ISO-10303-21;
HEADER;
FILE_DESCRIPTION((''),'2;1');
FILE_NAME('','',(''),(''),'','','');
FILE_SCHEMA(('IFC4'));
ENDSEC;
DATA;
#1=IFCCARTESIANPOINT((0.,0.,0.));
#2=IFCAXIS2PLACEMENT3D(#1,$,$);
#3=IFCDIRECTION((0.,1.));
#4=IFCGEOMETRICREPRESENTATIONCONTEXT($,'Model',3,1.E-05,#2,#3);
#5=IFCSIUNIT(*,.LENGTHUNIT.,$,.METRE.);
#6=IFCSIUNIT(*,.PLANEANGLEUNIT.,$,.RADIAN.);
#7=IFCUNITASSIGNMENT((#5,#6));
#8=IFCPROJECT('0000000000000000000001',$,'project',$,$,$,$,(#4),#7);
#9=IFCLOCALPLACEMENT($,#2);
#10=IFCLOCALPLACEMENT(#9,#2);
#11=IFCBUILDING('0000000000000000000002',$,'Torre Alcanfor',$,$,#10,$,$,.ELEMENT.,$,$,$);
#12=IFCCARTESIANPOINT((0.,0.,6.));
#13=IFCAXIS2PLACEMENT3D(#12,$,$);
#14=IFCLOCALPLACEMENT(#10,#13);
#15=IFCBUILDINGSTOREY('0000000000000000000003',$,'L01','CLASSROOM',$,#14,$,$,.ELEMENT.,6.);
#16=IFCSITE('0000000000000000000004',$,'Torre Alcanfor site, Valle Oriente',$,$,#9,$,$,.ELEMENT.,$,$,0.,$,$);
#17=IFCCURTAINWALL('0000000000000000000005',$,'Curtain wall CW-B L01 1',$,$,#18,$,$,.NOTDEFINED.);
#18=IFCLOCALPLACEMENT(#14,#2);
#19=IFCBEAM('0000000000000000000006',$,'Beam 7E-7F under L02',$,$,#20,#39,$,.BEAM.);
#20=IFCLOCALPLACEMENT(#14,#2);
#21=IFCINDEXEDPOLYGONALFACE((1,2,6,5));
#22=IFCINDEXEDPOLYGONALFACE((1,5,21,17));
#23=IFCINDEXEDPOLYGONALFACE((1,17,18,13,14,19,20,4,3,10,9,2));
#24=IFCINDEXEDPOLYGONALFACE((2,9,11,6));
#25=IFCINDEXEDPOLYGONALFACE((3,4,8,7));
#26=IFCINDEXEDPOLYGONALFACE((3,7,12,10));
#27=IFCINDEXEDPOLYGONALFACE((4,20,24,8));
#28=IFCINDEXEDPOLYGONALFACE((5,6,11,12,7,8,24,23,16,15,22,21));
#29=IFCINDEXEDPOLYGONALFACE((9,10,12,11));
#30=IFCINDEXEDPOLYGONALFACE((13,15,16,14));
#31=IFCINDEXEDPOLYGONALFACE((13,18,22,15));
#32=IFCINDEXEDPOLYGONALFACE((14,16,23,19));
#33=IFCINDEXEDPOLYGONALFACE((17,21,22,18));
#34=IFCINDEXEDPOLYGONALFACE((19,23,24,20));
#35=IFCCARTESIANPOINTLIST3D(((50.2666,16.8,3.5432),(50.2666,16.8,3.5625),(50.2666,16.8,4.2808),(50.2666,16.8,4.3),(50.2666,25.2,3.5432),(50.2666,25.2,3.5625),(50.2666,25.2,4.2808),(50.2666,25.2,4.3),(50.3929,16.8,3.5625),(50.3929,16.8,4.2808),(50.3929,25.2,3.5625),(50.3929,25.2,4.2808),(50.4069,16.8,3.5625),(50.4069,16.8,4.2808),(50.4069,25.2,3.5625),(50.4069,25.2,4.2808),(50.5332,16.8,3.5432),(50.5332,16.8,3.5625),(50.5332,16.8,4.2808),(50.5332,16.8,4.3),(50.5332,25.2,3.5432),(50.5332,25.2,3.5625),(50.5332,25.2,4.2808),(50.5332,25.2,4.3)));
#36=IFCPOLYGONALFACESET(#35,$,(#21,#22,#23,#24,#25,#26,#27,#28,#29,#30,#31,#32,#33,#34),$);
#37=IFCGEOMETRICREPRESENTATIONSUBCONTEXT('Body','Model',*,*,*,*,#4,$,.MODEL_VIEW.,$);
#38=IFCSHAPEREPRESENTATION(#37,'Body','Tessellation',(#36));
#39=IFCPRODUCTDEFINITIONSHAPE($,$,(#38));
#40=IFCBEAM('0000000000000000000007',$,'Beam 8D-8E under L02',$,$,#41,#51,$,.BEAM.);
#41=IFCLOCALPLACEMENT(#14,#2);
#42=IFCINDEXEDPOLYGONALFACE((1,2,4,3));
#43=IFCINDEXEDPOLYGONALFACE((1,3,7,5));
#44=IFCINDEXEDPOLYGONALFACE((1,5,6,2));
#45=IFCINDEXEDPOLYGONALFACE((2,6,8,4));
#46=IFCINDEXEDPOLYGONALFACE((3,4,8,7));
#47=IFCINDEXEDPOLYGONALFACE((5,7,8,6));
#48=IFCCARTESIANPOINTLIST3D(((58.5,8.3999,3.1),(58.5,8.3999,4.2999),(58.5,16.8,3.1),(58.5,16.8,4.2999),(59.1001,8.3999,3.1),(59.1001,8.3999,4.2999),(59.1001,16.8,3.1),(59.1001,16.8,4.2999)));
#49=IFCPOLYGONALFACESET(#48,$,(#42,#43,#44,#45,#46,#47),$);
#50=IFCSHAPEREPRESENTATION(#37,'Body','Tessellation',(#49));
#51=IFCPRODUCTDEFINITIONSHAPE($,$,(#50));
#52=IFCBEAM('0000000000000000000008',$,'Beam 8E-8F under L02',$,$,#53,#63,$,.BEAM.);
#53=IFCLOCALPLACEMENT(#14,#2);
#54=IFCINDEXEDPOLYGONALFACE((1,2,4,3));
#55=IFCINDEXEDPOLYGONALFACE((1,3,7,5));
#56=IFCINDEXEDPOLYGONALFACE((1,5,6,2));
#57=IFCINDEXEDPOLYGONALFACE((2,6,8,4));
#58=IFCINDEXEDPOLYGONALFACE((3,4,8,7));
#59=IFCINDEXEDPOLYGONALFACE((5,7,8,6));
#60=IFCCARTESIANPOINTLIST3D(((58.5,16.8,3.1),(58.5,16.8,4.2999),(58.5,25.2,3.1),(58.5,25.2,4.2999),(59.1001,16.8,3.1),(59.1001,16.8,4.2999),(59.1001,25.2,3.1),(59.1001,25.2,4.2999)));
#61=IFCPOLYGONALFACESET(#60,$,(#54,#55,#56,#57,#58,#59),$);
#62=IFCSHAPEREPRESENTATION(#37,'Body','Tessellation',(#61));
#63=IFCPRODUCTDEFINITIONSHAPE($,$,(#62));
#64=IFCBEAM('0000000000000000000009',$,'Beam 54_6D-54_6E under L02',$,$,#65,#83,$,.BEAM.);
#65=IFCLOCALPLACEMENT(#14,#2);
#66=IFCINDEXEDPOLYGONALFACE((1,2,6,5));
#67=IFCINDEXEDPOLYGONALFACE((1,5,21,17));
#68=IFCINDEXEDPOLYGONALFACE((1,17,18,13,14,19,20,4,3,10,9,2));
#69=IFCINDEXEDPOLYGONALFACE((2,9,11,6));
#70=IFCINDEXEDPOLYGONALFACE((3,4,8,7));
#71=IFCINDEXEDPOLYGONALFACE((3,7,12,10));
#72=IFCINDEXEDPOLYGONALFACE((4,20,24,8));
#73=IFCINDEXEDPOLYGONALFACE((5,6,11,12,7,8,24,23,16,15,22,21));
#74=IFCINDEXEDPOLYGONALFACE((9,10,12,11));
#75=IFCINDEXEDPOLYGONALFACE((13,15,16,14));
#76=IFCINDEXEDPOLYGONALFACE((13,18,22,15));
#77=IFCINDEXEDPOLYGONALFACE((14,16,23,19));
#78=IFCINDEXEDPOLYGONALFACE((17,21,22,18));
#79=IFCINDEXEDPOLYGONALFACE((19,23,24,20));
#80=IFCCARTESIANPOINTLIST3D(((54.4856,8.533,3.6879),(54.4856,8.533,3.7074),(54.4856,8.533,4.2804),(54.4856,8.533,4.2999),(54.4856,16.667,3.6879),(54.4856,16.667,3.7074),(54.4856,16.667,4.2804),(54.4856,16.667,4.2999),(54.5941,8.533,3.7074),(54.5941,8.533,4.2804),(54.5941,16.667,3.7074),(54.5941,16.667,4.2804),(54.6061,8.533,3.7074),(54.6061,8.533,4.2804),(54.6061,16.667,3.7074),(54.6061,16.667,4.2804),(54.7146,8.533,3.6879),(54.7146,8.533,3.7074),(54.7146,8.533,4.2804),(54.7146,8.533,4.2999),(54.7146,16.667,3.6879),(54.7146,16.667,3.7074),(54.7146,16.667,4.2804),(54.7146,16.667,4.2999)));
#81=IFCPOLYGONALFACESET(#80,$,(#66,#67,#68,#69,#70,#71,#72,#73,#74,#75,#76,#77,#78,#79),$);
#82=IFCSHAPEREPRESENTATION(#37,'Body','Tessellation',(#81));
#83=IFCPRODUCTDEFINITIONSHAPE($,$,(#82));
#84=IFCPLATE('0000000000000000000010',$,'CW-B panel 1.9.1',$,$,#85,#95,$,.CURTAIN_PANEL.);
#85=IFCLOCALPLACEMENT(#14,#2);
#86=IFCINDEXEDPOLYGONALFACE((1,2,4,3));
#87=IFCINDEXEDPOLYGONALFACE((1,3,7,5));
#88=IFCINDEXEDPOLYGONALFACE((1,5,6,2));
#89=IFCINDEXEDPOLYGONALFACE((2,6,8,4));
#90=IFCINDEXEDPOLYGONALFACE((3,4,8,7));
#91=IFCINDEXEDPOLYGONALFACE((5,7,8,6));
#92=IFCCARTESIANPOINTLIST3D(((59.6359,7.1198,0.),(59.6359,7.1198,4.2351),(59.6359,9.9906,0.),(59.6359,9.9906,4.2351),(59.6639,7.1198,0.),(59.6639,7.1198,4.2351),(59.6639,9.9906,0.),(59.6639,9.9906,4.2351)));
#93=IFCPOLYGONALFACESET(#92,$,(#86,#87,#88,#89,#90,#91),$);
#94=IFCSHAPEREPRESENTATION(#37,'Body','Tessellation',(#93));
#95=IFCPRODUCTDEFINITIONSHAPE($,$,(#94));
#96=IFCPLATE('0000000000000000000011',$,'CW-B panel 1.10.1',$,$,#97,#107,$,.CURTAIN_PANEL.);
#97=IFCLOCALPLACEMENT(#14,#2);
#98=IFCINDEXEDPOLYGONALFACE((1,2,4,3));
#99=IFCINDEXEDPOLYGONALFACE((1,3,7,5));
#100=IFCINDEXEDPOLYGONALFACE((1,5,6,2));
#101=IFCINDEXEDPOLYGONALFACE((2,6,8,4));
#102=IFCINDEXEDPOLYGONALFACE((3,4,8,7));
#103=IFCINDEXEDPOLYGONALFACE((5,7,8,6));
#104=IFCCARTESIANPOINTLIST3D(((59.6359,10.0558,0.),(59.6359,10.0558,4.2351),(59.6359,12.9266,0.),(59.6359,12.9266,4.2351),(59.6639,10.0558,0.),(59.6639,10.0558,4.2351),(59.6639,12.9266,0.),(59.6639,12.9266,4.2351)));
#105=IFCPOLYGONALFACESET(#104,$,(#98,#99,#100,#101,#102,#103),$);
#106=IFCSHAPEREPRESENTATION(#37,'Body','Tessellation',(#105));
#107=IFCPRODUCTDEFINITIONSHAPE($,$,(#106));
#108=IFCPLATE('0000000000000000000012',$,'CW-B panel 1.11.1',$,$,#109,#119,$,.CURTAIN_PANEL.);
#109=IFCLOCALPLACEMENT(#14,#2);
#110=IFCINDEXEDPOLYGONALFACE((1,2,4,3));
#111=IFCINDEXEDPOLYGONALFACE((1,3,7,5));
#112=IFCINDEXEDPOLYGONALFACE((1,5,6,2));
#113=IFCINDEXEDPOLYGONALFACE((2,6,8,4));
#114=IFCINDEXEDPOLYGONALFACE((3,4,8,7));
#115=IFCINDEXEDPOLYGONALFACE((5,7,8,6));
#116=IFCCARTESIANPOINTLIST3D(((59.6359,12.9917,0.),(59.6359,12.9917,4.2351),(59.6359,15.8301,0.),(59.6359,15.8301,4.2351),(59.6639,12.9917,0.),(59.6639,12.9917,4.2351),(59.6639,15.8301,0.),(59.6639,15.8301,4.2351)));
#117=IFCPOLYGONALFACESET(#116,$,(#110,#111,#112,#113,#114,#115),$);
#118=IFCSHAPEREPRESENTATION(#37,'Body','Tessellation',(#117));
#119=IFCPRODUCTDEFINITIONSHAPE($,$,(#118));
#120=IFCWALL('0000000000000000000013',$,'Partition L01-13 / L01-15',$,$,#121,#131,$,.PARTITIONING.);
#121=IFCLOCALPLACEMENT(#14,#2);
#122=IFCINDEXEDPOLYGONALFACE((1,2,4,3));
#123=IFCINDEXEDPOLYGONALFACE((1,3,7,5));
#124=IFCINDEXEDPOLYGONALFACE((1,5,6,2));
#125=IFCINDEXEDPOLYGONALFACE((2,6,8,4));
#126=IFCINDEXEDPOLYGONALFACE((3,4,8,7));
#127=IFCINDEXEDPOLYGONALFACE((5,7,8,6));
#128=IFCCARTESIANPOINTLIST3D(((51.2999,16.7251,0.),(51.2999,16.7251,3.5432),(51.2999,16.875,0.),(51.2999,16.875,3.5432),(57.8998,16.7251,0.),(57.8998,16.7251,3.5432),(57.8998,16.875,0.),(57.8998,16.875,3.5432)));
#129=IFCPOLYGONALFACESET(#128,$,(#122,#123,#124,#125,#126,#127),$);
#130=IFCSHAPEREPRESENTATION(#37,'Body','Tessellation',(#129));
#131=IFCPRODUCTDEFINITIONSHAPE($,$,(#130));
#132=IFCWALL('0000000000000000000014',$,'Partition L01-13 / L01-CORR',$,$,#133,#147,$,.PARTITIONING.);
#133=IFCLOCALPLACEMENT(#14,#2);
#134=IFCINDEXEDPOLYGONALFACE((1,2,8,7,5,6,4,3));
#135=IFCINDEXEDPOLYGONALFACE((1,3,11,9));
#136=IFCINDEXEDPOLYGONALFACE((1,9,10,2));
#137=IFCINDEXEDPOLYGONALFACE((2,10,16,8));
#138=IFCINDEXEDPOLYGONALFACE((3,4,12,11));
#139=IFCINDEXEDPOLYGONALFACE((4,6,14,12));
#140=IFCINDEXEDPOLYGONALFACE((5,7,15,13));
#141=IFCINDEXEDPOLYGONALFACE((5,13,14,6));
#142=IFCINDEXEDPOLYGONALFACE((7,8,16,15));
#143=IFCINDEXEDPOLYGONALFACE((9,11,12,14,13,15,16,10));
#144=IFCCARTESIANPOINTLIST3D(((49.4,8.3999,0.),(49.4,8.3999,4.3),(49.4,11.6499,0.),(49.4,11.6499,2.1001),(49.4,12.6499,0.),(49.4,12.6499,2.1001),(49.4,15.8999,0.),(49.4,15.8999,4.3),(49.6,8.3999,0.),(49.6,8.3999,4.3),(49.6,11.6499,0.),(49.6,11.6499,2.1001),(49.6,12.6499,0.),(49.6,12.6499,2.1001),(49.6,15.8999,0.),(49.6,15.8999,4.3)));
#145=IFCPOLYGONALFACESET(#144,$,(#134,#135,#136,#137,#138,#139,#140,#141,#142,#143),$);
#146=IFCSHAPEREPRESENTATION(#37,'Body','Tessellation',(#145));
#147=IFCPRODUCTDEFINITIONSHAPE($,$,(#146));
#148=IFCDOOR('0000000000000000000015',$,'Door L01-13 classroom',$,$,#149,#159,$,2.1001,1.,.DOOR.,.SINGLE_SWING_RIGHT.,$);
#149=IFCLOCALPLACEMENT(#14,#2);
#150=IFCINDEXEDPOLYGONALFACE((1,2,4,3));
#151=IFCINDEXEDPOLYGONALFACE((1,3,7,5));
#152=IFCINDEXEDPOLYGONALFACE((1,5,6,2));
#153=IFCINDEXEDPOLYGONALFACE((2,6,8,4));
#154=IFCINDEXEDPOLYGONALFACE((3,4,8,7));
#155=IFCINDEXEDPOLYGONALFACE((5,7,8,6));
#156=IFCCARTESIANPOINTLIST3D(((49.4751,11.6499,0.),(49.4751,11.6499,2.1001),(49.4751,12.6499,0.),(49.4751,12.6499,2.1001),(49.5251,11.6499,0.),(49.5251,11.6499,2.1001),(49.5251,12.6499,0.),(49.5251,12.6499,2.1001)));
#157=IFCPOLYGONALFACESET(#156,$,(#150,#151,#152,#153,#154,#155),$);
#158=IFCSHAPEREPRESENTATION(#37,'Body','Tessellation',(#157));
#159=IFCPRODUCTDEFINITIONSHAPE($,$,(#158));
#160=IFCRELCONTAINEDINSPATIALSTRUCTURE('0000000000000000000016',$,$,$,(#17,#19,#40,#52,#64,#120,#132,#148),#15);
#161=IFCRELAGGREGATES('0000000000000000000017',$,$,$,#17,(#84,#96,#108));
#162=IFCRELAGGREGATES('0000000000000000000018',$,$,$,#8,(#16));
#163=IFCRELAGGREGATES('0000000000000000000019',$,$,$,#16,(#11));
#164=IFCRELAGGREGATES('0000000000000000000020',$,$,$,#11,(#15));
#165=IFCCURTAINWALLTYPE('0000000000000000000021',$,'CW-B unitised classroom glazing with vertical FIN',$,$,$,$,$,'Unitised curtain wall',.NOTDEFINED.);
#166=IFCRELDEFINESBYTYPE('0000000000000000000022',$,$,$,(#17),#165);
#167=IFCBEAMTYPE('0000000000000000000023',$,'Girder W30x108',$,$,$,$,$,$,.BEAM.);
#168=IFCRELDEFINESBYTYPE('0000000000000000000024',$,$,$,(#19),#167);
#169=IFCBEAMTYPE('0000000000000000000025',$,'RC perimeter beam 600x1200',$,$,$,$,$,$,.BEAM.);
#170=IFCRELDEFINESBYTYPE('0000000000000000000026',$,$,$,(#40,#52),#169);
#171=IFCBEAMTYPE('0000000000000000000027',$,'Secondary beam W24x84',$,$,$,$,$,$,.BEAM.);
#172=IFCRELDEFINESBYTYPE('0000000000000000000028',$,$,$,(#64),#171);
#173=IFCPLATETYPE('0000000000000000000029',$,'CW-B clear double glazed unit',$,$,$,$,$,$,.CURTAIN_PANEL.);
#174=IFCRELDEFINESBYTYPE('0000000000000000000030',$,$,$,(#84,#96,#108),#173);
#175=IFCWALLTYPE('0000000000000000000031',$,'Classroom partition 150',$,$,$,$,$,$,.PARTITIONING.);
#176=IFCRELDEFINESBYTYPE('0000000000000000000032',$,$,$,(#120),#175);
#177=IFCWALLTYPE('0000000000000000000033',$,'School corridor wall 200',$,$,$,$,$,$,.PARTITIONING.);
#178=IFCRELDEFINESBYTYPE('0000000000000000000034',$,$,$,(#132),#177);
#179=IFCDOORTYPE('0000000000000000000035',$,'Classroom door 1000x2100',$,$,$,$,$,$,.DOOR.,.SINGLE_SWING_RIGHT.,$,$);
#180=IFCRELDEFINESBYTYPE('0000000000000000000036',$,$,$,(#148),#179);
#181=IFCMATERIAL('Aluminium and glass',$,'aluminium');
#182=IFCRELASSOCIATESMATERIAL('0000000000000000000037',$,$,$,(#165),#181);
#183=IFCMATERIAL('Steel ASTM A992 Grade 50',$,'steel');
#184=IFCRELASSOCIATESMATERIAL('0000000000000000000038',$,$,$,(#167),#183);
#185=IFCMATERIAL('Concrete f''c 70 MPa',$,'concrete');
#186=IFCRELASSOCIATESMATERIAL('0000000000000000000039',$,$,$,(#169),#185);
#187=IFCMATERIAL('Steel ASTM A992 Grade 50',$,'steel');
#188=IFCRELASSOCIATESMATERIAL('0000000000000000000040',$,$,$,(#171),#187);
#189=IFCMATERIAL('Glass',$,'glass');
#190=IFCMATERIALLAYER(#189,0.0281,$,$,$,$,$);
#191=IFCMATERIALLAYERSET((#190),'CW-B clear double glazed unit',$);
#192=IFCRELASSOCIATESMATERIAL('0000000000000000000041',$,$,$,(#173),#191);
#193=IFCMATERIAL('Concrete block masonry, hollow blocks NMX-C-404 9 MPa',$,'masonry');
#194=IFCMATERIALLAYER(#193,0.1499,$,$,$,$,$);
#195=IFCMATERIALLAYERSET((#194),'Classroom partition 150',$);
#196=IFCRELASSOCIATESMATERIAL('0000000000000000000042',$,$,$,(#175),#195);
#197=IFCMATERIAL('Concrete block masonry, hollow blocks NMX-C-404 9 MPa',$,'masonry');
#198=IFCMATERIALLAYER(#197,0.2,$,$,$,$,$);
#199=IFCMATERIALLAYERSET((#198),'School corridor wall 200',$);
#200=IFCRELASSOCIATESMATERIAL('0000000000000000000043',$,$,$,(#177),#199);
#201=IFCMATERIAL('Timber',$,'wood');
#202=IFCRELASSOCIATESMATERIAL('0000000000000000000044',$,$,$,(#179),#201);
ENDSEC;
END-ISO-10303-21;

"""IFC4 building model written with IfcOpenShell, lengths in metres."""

from ifc_helpers import new_model, si_unit, direction, frame, frame_2d, origin, origin_2d, place, context, subcontext, project, spatial, rectangle, i_section, extrude, material, layer, layer_set, material_profile, profile_set, type_object, element, fill, aggregate, save


model = new_model("IFC4")

# Units and contexts
model_context = context("Model", 3, precision=1e-05, world=origin(), true_north=direction((0.0, 1.0)))
body_context = subcontext(model_context, "Body", "Model", "MODEL_VIEW")
ifc_project = project(units=[si_unit("LENGTHUNIT", "METRE"), si_unit("PLANEANGLEUNIT", "RADIAN")], contexts=[model_context])

# Site, building, storey
site_placement = place(None, origin())
site = spatial("IfcSite", under=ifc_project, at=site_placement, Name="Torre Alcanfor site, Valle Oriente", CompositionType="ELEMENT", RefElevation=0.0)
building_placement = place(site_placement, origin())
building = spatial("IfcBuilding", under=site, at=building_placement, Name="Torre Alcanfor", CompositionType="ELEMENT")
storey_placement = place(building_placement, frame((0.0, 0.0, 6.0)))
storey = spatial("IfcBuildingStorey", under=building, at=storey_placement, Name="L01", Description="CLASSROOM", CompositionType="ELEMENT", Elevation=6.0)

# Curtain wall
ifc_material_1 = material(Name="Aluminium and glass", Category="aluminium")
curtain_wall_type = type_object("IfcCurtainWallType", Name="CW-B unitised classroom glazing with vertical FIN", ElementType="Unitised curtain wall", PredefinedType="NOTDEFINED", material=ifc_material_1)
curtain_wall_placement = place(storey_placement, origin())
curtain_wall = element("IfcCurtainWall", 1, at=curtain_wall_placement, inside=storey, type_object=curtain_wall_type, Name="Curtain wall CW-B L01 1", PredefinedType="NOTDEFINED")

# Beams
ifc_material_2 = material(Name="Steel ASTM A992 Grade 50", Category="steel")
ifc_material_profile_1 = material_profile(ifc_material_2, i_section(OverallWidth=0.2666, OverallDepth=0.7568, WebThickness=0.0139, FlangeThickness=0.0193, at=origin_2d()), Name="W30x108")
ifc_profile_set_1 = profile_set([ifc_material_profile_1], Name="Steel ASTM A992 Grade 50")
beam_type_1 = type_object("IfcBeamType", Name="Girder W30x108", PredefinedType="BEAM", material=ifc_profile_set_1)
beam_1_placement = place(storey_placement, frame((50.3999, 16.8, 3.9216), z_axis=(0.0, 1.0, 0.0), x_axis=(-1.0, 0.0, 0.0)))
element("IfcBeam", 2, at=beam_1_placement, inside=storey, type_object=beam_type_1, Name="Beam 7E-7F under L02", PredefinedType="BEAM", context=body_context, shape_type="SweptSolid", body=[
    extrude(i_section(OverallWidth=0.2666, OverallDepth=0.7568, WebThickness=0.0139, FlangeThickness=0.0193, at=origin_2d()), origin(), (0.0, 0.0, 1.0), 8.3999),
])
ifc_material_3 = material(Name="Concrete f'c 70 MPa", Category="concrete")
ifc_material_profile_2 = material_profile(ifc_material_3, rectangle(XDim=0.6001, YDim=1.2, at=origin_2d()), Name="600x1200")
ifc_profile_set_2 = profile_set([ifc_material_profile_2], Name="Concrete f'c 70 MPa")
beam_type_2 = type_object("IfcBeamType", Name="RC perimeter beam 600x1200", PredefinedType="BEAM", material=ifc_profile_set_2)
beam_2_placement = place(storey_placement, frame((58.8, 8.3999, 3.7), z_axis=(0.0, 1.0, 0.0), x_axis=(-1.0, 0.0, 0.0)))
element("IfcBeam", 3, at=beam_2_placement, inside=storey, type_object=beam_type_2, Name="Beam 8D-8E under L02", PredefinedType="BEAM", context=body_context, shape_type="SweptSolid", body=[
    extrude(rectangle(XDim=0.6001, YDim=1.2, at=origin_2d()), origin(), (0.0, 0.0, 1.0), 8.4001),
])
beam_3_placement = place(storey_placement, frame((58.8, 16.8, 3.7), z_axis=(0.0, 1.0, 0.0), x_axis=(-1.0, 0.0, 0.0)))
element("IfcBeam", 4, at=beam_3_placement, inside=storey, type_object=beam_type_2, Name="Beam 8E-8F under L02", PredefinedType="BEAM", context=body_context, shape_type="SweptSolid", body=[
    extrude(rectangle(XDim=0.6001, YDim=1.2, at=origin_2d()), origin(), (0.0, 0.0, 1.0), 8.3999),
])
ifc_material_4 = material(Name="Steel ASTM A992 Grade 50", Category="steel")
ifc_material_profile_3 = material_profile(ifc_material_4, i_section(OverallWidth=0.229, OverallDepth=0.6121, WebThickness=0.012, FlangeThickness=0.0195, at=origin_2d()), Name="W24x84")
ifc_profile_set_3 = profile_set([ifc_material_profile_3], Name="Steel ASTM A992 Grade 50")
beam_type_3 = type_object("IfcBeamType", Name="Secondary beam W24x84", PredefinedType="BEAM", material=ifc_profile_set_3)
beam_4_placement = place(storey_placement, frame((54.6001, 8.533, 3.9939), z_axis=(0.0, 1.0, 0.0), x_axis=(-1.0, 0.0, 0.0)))
element("IfcBeam", 5, at=beam_4_placement, inside=storey, type_object=beam_type_3, Name="Beam 54_6D-54_6E under L02", PredefinedType="BEAM", context=body_context, shape_type="SweptSolid", body=[
    extrude(i_section(OverallWidth=0.229, OverallDepth=0.6121, WebThickness=0.012, FlangeThickness=0.0195, at=origin_2d()), origin(), (0.0, 0.0, 1.0), 8.134),
])

# Plates
ifc_material_5 = material(Name="Glass", Category="glass")
ifc_layer_1 = layer(ifc_material_5, 0.0281)
ifc_layer_set_1 = layer_set([ifc_layer_1], Name="CW-B clear double glazed unit")
plate_type = type_object("IfcPlateType", Name="CW-B clear double glazed unit", PredefinedType="CURTAIN_PANEL", material=ifc_layer_set_1)
plate_1_placement = place(storey_placement, frame((59.6499, 8.5552, 0.0), z_axis=(0.0, 0.0, 1.0), x_axis=(0.0, 1.0, 0.0)))
plate_1 = element("IfcPlate", 6, at=plate_1_placement, type_object=plate_type, Name="CW-B panel 1.9.1", PredefinedType="CURTAIN_PANEL", context=body_context, shape_type="SweptSolid", body=[
    extrude(rectangle(XDim=2.8708, YDim=0.0281, at=origin_2d()), origin(), (0.0, 0.0, 1.0), 4.2351),
])
plate_2_placement = place(storey_placement, frame((59.6499, 11.4912, 0.0), z_axis=(0.0, 0.0, 1.0), x_axis=(0.0, 1.0, 0.0)))
plate_2 = element("IfcPlate", 7, at=plate_2_placement, type_object=plate_type, Name="CW-B panel 1.10.1", PredefinedType="CURTAIN_PANEL", context=body_context, shape_type="SweptSolid", body=[
    extrude(rectangle(XDim=2.8708, YDim=0.0281, at=origin_2d()), origin(), (0.0, 0.0, 1.0), 4.2351),
])
plate_3_placement = place(storey_placement, frame((59.6499, 14.4109, 0.0), z_axis=(0.0, 0.0, 1.0), x_axis=(0.0, 1.0, 0.0)))
plate_3 = element("IfcPlate", 8, at=plate_3_placement, type_object=plate_type, Name="CW-B panel 1.11.1", PredefinedType="CURTAIN_PANEL", context=body_context, shape_type="SweptSolid", body=[
    extrude(rectangle(XDim=2.8384, YDim=0.0281, at=origin_2d()), origin(), (0.0, 0.0, 1.0), 4.2351),
])
aggregate(curtain_wall, [plate_1, plate_2, plate_3])

# Wall
ifc_material_6 = material(Name="Concrete block masonry, hollow blocks NMX-C-404 9 MPa", Category="masonry")
ifc_layer_2 = layer(ifc_material_6, 0.1499)
ifc_layer_set_2 = layer_set([ifc_layer_2], Name="Classroom partition 150")
wall_type_1 = type_object("IfcWallType", Name="Classroom partition 150", PredefinedType="PARTITIONING", material=ifc_layer_set_2)
wall_1_placement = place(storey_placement, frame((51.3, 16.8, 0.0), z_axis=(0.0, 0.0, 1.0), x_axis=(1.0, 0.0, 0.0)))
element("IfcWall", 9, at=wall_1_placement, inside=storey, type_object=wall_type_1, Name="Partition L01-13 / L01-15", PredefinedType="PARTITIONING", context=body_context, shape_type="SweptSolid", body=[
    extrude(rectangle(XDim=6.5999, YDim=0.1499, at=frame_2d((3.2998, 0.0))), origin(), (0.0, 0.0, 1.0), 3.5432),
])

# Wall, opening, door
ifc_material_7 = material(Name="Concrete block masonry, hollow blocks NMX-C-404 9 MPa", Category="masonry")
ifc_layer_3 = layer(ifc_material_7, 0.2)
ifc_layer_set_3 = layer_set([ifc_layer_3], Name="School corridor wall 200")
wall_type_2 = type_object("IfcWallType", Name="School corridor wall 200", PredefinedType="PARTITIONING", material=ifc_layer_set_3)
wall_2_placement = place(storey_placement, frame((49.5, 8.3999, 0.0), z_axis=(0.0, 0.0, 1.0), x_axis=(0.0, 1.0, 0.0)))
wall_2 = element("IfcWall", 10, at=wall_2_placement, inside=storey, type_object=wall_type_2, Name="Partition L01-13 / L01-CORR", PredefinedType="PARTITIONING", context=body_context, shape_type="SweptSolid", body=[
    extrude(rectangle(XDim=7.5, YDim=0.2, at=frame_2d((3.75, 0.0))), origin(), (0.0, 0.0, 1.0), 4.3),
])
opening_1_placement = place(wall_2_placement, frame((3.25, 0.0, 0.0)))
opening_1 = element("IfcOpeningElement", 11, at=opening_1_placement, cuts=wall_2, PredefinedType="OPENING", context=body_context, shape_type="SweptSolid", body=[
    extrude(rectangle(XDim=1.0, YDim=2.1001, at=frame_2d((0.5, 1.05))), frame((0.0, 0.1099, 0.0), z_axis=(0.0, -1.0, 0.0), x_axis=(1.0, 0.0, 0.0)), (0.0, 0.0, 1.0), 0.22),
])
ifc_material_8 = material(Name="Timber", Category="wood")
door_type = type_object("IfcDoorType", Name="Classroom door 1000x2100", OperationType="SINGLE_SWING_RIGHT", PredefinedType="DOOR", material=ifc_material_8)
door_1_placement = place(opening_1_placement, frame((1.0, 0.0, 0.0), z_axis=(0.0, 0.0, 1.0), x_axis=(-1.0, 0.0, 0.0)))
door_1 = element("IfcDoor", 12, at=door_1_placement, inside=storey, type_object=door_type, Name="Door L01-13 classroom", OperationType="SINGLE_SWING_RIGHT", OverallHeight=2.1001, OverallWidth=1.0, PredefinedType="DOOR", context=body_context, shape_type="SweptSolid", body=[
    extrude(rectangle(XDim=1.0, YDim=2.1001, at=frame_2d((0.5, 1.05))), frame((0.0, 0.0251, 0.0), z_axis=(0.0, -1.0, 0.0), x_axis=(1.0, 0.0, 0.0)), (0.0, 0.0, 1.0), 0.05),
])
fill(opening_1, door_1)

save(model, "model.ifc")
